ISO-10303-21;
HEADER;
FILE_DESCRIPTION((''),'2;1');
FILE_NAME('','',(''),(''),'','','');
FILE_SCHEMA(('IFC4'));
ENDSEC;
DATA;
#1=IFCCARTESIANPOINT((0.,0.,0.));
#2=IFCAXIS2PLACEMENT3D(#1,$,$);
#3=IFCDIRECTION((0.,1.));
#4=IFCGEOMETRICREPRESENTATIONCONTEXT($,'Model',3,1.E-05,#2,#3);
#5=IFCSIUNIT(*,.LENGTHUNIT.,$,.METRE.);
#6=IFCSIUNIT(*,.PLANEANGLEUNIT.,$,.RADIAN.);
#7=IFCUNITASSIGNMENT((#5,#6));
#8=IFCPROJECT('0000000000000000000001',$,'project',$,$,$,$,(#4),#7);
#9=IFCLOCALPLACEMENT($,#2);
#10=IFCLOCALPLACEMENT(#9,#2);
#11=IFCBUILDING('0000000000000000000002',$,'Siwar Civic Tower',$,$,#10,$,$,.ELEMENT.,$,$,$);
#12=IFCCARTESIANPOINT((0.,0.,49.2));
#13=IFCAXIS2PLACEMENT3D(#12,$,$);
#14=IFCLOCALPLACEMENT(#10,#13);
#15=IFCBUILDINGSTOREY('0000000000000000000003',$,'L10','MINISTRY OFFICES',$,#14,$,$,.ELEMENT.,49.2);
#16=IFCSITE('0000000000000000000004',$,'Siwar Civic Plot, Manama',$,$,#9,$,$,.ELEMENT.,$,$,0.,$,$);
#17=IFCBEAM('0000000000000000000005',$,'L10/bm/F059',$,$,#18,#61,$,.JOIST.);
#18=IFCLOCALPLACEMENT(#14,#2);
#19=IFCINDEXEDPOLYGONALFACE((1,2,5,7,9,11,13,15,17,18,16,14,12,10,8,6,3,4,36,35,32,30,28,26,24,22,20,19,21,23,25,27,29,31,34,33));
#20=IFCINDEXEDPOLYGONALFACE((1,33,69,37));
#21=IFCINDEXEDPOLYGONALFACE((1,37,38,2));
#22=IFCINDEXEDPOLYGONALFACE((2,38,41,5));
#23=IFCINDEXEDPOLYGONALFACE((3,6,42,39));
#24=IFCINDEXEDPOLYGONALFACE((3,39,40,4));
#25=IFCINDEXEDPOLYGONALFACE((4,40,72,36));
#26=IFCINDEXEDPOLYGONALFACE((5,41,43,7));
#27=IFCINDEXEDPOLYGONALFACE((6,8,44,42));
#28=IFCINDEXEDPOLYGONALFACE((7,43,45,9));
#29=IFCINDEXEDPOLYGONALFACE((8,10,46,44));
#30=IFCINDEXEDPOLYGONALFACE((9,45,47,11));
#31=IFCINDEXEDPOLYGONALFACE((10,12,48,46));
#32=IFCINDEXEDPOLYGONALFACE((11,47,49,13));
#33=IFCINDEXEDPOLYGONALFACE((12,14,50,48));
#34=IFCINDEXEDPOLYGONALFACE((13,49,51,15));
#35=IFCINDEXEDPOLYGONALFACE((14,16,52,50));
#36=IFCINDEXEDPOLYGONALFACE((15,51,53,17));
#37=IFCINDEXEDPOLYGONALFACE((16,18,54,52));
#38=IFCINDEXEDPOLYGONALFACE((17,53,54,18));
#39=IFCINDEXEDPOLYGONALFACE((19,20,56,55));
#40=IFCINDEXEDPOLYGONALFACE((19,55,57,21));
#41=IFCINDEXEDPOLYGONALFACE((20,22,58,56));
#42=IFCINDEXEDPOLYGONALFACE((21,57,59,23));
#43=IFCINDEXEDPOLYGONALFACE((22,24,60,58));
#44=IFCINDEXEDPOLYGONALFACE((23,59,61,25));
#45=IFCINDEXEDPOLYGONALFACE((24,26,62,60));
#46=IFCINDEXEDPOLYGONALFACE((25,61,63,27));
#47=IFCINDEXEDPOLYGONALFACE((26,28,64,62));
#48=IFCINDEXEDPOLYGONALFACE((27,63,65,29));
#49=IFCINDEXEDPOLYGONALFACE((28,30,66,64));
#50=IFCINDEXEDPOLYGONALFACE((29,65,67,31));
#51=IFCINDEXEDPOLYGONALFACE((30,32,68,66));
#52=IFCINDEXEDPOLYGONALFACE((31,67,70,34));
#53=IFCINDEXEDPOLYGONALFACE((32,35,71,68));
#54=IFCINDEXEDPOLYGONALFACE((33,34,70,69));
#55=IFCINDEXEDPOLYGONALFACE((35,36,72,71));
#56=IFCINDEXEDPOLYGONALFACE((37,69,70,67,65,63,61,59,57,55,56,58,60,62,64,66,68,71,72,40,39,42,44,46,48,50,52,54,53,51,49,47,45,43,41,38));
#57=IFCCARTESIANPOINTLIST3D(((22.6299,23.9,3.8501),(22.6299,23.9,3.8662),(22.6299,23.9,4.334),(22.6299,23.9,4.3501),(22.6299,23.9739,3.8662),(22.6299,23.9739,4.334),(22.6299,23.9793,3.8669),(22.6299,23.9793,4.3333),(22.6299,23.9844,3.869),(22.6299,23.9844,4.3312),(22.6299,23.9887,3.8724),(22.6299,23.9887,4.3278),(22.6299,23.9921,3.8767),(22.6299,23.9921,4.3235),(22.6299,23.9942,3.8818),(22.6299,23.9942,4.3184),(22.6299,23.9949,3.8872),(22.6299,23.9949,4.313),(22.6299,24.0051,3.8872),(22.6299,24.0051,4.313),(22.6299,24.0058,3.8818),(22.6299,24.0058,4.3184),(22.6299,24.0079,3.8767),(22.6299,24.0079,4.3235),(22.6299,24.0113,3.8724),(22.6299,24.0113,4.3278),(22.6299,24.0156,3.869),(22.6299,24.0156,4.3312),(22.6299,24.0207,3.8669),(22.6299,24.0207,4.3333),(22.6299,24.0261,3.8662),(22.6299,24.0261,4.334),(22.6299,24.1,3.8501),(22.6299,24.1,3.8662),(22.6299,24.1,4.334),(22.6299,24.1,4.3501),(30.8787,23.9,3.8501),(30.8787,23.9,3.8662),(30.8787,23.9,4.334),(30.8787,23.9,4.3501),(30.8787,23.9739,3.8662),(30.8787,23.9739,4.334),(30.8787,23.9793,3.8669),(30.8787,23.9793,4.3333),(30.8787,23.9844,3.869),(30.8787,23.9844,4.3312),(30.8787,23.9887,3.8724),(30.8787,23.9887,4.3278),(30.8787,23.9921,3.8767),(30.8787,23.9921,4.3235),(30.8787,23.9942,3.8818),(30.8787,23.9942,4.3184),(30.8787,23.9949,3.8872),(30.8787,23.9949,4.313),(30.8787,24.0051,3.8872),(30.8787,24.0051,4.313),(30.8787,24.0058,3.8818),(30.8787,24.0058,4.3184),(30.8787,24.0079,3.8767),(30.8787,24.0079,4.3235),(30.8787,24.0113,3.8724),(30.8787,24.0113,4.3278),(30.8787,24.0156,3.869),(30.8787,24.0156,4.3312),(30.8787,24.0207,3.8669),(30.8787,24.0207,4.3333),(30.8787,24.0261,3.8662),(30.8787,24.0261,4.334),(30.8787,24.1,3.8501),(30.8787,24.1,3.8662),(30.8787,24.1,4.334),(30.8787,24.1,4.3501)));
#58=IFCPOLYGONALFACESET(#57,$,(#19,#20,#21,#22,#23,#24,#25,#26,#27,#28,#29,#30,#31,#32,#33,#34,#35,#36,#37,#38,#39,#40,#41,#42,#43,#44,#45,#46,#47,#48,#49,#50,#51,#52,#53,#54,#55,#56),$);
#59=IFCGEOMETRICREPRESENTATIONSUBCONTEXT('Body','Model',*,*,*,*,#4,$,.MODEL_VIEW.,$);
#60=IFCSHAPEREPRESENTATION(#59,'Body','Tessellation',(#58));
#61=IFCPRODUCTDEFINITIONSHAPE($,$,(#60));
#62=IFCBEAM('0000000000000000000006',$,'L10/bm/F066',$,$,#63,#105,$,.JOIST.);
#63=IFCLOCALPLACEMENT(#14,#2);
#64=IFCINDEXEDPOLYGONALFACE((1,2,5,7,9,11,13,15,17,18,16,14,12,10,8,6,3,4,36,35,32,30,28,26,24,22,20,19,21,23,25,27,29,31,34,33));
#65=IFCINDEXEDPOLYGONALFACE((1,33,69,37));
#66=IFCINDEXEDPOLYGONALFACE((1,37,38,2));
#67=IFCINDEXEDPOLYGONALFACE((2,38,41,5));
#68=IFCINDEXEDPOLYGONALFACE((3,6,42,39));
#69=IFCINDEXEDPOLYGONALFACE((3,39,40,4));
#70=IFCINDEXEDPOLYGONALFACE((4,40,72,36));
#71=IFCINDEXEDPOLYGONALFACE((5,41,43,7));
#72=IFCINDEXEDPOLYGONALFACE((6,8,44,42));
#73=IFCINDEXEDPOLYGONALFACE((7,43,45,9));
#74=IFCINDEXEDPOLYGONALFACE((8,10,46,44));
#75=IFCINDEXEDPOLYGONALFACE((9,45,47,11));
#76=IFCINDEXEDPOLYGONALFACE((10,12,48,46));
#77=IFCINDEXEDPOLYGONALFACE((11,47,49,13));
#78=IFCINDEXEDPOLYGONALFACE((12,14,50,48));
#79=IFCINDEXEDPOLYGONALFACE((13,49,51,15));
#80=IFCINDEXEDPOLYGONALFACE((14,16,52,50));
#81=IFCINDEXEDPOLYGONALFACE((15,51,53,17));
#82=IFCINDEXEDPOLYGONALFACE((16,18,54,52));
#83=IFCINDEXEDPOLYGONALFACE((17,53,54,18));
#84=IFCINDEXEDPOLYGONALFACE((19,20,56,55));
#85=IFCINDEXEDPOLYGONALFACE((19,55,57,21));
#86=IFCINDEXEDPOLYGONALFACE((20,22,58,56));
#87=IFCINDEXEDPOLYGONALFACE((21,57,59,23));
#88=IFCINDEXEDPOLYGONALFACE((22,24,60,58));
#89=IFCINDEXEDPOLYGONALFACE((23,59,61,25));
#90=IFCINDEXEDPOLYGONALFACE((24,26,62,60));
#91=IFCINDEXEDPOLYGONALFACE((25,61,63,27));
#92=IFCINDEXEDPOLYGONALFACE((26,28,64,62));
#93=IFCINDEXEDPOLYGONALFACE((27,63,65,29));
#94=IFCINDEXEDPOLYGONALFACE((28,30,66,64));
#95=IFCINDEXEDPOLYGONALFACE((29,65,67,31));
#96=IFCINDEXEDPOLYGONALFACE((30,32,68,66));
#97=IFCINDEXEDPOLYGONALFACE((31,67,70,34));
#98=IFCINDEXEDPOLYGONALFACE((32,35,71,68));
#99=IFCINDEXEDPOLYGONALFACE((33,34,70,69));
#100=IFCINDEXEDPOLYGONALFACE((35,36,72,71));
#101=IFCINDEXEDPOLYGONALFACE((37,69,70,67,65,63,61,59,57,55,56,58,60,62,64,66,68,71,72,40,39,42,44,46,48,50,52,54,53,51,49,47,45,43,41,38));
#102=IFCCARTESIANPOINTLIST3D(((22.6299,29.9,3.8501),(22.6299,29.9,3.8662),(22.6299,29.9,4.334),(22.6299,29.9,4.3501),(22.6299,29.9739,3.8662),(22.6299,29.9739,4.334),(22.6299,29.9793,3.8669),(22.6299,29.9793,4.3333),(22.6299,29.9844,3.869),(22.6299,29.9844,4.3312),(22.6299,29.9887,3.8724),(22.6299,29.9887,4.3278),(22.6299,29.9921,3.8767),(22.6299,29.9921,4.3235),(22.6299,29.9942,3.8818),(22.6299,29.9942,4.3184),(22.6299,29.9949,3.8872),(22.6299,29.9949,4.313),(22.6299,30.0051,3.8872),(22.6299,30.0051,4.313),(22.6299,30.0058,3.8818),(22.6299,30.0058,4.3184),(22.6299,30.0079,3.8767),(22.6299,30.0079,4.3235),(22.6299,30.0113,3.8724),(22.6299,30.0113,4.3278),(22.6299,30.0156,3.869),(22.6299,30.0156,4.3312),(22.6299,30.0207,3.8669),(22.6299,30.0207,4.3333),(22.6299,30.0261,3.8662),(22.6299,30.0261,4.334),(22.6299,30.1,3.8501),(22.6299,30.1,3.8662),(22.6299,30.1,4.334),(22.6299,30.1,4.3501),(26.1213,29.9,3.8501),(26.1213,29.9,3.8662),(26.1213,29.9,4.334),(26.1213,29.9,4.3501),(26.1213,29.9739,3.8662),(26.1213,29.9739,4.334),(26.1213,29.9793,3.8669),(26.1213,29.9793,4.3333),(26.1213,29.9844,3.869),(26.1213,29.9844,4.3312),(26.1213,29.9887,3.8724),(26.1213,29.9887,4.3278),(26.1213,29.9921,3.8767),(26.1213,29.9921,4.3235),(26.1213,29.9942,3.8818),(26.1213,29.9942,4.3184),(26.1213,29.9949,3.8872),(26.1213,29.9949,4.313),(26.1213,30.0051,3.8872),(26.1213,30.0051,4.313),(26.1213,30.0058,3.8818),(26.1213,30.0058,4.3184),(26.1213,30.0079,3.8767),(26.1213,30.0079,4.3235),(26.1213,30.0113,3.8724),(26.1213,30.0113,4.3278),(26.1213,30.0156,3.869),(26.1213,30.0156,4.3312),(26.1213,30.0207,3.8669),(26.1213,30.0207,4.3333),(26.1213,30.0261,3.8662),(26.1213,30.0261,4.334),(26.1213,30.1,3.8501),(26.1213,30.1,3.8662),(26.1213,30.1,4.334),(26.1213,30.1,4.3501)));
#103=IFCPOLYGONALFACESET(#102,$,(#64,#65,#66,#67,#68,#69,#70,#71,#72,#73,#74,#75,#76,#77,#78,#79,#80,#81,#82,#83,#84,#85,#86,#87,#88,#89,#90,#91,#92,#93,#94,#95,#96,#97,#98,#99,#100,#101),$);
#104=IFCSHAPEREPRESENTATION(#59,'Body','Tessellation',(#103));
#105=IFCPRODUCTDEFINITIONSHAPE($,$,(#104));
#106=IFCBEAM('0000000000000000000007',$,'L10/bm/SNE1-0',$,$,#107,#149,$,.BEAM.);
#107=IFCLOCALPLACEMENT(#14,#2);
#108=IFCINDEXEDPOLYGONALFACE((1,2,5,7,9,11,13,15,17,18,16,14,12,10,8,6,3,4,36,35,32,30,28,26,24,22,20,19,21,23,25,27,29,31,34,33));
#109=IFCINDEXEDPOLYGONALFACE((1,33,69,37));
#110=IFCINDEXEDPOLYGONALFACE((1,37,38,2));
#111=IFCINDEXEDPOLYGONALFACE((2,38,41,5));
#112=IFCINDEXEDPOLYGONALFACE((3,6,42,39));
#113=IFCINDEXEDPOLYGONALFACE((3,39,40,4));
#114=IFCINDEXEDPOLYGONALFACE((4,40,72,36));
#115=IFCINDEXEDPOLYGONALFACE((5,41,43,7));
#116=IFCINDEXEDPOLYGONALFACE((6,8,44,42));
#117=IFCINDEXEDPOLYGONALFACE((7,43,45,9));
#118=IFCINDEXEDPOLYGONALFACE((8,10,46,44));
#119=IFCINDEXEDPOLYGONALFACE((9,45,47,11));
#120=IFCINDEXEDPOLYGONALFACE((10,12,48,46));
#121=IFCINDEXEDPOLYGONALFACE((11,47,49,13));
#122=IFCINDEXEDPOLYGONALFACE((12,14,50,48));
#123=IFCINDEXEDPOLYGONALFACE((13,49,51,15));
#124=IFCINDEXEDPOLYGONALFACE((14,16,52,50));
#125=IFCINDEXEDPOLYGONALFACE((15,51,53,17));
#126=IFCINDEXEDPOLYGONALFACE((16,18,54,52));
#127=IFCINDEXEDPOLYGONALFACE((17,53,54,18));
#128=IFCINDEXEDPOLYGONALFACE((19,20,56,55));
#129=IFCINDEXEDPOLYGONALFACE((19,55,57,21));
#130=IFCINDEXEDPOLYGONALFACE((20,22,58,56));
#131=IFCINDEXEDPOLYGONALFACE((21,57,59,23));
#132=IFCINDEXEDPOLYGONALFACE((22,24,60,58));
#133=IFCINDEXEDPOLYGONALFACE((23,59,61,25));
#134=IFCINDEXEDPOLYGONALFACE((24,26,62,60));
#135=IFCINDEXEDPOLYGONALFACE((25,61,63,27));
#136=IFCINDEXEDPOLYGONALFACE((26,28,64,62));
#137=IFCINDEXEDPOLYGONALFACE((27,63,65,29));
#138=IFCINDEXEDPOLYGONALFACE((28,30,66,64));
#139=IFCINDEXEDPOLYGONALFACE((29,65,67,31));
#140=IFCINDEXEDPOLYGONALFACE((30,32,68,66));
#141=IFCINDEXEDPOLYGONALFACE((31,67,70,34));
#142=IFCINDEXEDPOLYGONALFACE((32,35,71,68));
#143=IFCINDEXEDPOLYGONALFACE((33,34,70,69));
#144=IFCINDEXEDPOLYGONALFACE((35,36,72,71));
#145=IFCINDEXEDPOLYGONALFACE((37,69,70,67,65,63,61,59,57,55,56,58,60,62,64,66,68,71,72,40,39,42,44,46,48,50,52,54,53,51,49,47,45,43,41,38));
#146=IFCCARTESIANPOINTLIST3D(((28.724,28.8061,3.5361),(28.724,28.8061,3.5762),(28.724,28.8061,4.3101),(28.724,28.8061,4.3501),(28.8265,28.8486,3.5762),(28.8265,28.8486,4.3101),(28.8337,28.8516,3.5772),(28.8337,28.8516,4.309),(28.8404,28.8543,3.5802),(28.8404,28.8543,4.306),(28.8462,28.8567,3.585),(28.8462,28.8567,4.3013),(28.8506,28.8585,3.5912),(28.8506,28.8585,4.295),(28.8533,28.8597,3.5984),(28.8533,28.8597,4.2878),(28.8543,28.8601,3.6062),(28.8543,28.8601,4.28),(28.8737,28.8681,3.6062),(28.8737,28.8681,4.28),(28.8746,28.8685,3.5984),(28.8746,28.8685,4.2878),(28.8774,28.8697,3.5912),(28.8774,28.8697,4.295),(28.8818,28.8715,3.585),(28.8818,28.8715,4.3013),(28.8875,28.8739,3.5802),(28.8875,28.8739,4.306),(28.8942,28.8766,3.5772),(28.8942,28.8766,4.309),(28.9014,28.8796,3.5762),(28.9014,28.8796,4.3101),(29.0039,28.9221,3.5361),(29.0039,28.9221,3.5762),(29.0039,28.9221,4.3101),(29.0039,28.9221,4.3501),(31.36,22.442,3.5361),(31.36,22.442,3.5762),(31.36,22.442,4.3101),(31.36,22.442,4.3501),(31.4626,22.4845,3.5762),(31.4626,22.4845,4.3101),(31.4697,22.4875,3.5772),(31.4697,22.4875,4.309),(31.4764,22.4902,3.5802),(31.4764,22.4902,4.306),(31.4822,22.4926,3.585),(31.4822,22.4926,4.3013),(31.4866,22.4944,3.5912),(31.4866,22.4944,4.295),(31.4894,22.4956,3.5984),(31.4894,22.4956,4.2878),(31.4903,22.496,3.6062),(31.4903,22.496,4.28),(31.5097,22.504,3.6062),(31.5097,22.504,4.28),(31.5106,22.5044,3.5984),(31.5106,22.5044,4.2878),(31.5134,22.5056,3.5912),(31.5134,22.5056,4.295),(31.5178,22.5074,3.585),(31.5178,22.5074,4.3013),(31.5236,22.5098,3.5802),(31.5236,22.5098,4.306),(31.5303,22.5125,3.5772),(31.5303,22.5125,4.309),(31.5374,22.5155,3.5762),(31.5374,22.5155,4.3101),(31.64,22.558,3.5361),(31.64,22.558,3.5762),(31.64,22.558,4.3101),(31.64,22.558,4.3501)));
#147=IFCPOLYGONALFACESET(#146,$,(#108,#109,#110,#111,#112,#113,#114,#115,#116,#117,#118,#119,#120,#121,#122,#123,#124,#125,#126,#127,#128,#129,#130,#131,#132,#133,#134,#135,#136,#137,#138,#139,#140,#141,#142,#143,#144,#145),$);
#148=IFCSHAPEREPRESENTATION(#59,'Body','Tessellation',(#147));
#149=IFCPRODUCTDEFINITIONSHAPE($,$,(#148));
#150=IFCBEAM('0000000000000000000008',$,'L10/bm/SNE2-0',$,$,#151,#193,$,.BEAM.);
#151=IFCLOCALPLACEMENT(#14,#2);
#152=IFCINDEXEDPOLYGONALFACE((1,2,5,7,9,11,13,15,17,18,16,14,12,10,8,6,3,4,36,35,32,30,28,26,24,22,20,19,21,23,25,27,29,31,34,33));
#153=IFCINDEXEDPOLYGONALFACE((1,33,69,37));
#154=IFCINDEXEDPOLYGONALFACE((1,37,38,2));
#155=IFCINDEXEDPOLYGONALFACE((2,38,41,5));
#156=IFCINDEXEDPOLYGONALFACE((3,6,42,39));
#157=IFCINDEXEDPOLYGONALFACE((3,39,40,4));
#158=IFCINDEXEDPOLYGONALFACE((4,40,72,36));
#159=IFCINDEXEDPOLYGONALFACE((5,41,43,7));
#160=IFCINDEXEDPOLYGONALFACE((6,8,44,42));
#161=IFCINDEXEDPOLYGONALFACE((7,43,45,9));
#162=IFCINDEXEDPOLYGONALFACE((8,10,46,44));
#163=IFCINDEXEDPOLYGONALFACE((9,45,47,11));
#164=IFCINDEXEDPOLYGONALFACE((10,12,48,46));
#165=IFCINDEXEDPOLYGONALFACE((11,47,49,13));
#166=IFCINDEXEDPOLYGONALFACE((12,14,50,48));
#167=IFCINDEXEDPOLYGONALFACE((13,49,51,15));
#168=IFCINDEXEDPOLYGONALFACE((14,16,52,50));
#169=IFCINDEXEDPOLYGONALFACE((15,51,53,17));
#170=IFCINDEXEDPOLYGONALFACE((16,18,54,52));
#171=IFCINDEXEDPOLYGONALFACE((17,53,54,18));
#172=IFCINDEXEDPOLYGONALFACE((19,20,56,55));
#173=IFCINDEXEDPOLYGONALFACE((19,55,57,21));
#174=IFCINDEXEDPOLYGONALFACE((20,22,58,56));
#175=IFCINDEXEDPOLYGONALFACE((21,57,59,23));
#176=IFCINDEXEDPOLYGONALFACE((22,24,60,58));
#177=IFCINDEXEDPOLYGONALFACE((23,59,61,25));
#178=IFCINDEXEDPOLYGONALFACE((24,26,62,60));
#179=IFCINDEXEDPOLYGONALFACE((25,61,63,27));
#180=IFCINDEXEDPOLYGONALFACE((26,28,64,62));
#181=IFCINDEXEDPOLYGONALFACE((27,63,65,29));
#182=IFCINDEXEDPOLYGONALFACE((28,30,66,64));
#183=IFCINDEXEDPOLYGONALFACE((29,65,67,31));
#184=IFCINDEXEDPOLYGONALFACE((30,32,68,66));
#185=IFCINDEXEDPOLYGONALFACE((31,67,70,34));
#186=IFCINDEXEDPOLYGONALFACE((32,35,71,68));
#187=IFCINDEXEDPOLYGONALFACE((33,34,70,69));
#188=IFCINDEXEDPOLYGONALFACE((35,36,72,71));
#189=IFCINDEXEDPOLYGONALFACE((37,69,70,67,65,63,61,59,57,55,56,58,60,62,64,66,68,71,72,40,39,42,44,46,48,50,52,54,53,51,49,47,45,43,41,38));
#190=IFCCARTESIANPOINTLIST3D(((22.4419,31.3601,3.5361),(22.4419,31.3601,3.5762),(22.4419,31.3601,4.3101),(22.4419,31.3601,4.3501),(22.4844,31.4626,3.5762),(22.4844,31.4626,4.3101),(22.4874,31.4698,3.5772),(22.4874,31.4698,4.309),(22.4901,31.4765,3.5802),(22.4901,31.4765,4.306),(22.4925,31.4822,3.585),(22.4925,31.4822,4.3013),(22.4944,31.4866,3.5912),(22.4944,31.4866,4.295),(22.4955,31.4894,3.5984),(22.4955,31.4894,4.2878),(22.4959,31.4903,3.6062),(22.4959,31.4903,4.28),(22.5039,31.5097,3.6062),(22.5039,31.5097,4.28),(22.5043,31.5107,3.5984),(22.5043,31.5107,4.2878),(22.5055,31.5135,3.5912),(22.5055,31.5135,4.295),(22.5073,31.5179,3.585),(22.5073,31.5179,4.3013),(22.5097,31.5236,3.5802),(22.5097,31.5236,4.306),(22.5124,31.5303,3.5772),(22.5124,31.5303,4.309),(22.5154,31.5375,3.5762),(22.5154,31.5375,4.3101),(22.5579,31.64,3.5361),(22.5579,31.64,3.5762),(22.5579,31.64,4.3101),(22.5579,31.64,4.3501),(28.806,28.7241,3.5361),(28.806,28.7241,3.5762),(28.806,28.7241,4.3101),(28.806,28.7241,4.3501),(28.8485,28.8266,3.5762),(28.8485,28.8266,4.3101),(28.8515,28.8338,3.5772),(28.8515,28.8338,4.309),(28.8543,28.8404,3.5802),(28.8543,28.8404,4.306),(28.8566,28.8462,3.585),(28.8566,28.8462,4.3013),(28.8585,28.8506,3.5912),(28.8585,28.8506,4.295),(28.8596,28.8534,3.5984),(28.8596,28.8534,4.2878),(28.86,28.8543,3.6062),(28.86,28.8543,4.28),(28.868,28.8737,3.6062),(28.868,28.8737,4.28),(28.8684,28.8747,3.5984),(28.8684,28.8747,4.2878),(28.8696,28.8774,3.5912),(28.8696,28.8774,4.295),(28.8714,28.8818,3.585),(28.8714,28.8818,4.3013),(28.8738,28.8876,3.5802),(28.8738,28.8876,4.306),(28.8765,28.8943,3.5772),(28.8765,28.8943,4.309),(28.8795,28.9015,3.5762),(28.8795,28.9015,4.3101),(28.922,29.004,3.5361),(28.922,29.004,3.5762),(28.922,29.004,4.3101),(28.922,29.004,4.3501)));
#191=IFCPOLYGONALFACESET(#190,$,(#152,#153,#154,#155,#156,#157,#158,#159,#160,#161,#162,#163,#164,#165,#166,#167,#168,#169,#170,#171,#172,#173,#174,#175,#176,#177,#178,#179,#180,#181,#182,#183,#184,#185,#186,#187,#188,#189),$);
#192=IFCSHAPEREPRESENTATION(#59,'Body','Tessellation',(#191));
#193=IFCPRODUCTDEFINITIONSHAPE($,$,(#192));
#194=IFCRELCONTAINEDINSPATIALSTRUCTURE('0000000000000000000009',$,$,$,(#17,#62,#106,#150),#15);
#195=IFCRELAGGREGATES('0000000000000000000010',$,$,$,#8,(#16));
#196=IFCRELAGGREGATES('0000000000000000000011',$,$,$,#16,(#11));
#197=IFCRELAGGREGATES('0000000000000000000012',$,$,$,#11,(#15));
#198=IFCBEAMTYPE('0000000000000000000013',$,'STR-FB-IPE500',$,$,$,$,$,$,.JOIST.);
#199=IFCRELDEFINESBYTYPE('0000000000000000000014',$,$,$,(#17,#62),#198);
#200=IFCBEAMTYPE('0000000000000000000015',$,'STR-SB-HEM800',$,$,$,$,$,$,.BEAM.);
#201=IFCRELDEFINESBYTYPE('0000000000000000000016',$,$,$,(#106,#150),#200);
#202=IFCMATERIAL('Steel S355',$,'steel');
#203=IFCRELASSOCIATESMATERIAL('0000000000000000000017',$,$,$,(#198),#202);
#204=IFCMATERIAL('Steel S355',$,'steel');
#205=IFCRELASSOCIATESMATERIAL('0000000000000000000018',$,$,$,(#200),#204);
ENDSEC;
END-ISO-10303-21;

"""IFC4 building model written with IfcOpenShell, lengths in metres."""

from ifc_helpers import new_model, si_unit, direction, frame, origin, origin_2d, place, context, subcontext, project, spatial, i_section, extrude, material, material_profile, profile_set, type_object, element, save


model = new_model("IFC4")

# Units and contexts
model_context = context("Model", 3, precision=1e-05, world=origin(), true_north=direction((0.0, 1.0)))
body_context = subcontext(model_context, "Body", "Model", "MODEL_VIEW")
ifc_project = project(units=[si_unit("LENGTHUNIT", "METRE"), si_unit("PLANEANGLEUNIT", "RADIAN")], contexts=[model_context])

# Site, building, storey
site_placement = place(None, origin())
site = spatial("IfcSite", under=ifc_project, at=site_placement, Name="Siwar Civic Plot, Manama", CompositionType="ELEMENT", RefElevation=0.0)
building_placement = place(site_placement, origin())
building = spatial("IfcBuilding", under=site, at=building_placement, Name="Siwar Civic Tower", CompositionType="ELEMENT")
storey_placement = place(building_placement, frame((0.0, 0.0, 49.2)))
storey = spatial("IfcBuildingStorey", under=building, at=storey_placement, Name="L10", Description="MINISTRY OFFICES", CompositionType="ELEMENT", Elevation=49.2)

# Beams
ifc_material_1 = material(Name="Steel S355", Category="steel")
ifc_material_profile_1 = material_profile(ifc_material_1, i_section(OverallWidth=0.2, OverallDepth=0.5, WebThickness=0.0103, FlangeThickness=0.0161, FilletRadius=0.021, at=origin_2d()), Name="IPE500")
ifc_profile_set_1 = profile_set([ifc_material_profile_1], Name="Steel S355")
beam_type_1 = type_object("IfcBeamType", Name="STR-FB-IPE500", PredefinedType="JOIST", material=ifc_profile_set_1)
beam_1_placement = place(storey_placement, frame((22.6299, 24.0, 4.1001), z_axis=(1.0, 0.0, 0.0), x_axis=(0.0, 1.0, 0.0)))
element("IfcBeam", 1, at=beam_1_placement, inside=storey, type_object=beam_type_1, Name="L10/bm/F059", PredefinedType="JOIST", context=body_context, shape_type="SweptSolid", body=[
    extrude(i_section(OverallWidth=0.2, OverallDepth=0.5, WebThickness=0.0103, FlangeThickness=0.0161, FilletRadius=0.021, at=origin_2d()), origin(), (0.0, 0.0, 1.0), 8.2488),
])
beam_2_placement = place(storey_placement, frame((22.6299, 30.0, 4.1001), z_axis=(1.0, 0.0, 0.0), x_axis=(0.0, 1.0, 0.0)))
element("IfcBeam", 2, at=beam_2_placement, inside=storey, type_object=beam_type_1, Name="L10/bm/F066", PredefinedType="JOIST", context=body_context, shape_type="SweptSolid", body=[
    extrude(i_section(OverallWidth=0.2, OverallDepth=0.5, WebThickness=0.0103, FlangeThickness=0.0161, FilletRadius=0.021, at=origin_2d()), origin(), (0.0, 0.0, 1.0), 3.4915),
])
ifc_material_2 = material(Name="Steel S355", Category="steel")
ifc_material_profile_2 = material_profile(ifc_material_2, i_section(OverallWidth=0.303, OverallDepth=0.814, WebThickness=0.021, FlangeThickness=0.04, FilletRadius=0.03, at=origin_2d()), Name="HEM800")
ifc_profile_set_2 = profile_set([ifc_material_profile_2], Name="Steel S355")
beam_type_2 = type_object("IfcBeamType", Name="STR-SB-HEM800", PredefinedType="BEAM", material=ifc_profile_set_2)
for number, where, z_axis, x_axis, name in (
    (3, (31.5, 22.5, 3.9431), (-0.382674, 0.923883, 0.0), (-0.923883, -0.382674, 0.0), "L10/bm/SNE1-0"),
    (4, (28.864, 28.864, 3.9431), (-0.923883, 0.382674, 0.0), (-0.382674, -0.923883, 0.0), "L10/bm/SNE2-0"),
):
    element("IfcBeam", number, at=place(storey_placement, frame(where, z_axis=z_axis, x_axis=x_axis)), inside=storey, type_object=beam_type_2, Name=name, PredefinedType="BEAM", context=body_context, shape_type="SweptSolid", body=[
        extrude(i_section(OverallWidth=0.303, OverallDepth=0.814, WebThickness=0.021, FlangeThickness=0.04, FilletRadius=0.03, at=origin_2d()), origin(), (0.0, 0.0, 1.0), 6.8884),
    ])

save(model, "model.ifc")
